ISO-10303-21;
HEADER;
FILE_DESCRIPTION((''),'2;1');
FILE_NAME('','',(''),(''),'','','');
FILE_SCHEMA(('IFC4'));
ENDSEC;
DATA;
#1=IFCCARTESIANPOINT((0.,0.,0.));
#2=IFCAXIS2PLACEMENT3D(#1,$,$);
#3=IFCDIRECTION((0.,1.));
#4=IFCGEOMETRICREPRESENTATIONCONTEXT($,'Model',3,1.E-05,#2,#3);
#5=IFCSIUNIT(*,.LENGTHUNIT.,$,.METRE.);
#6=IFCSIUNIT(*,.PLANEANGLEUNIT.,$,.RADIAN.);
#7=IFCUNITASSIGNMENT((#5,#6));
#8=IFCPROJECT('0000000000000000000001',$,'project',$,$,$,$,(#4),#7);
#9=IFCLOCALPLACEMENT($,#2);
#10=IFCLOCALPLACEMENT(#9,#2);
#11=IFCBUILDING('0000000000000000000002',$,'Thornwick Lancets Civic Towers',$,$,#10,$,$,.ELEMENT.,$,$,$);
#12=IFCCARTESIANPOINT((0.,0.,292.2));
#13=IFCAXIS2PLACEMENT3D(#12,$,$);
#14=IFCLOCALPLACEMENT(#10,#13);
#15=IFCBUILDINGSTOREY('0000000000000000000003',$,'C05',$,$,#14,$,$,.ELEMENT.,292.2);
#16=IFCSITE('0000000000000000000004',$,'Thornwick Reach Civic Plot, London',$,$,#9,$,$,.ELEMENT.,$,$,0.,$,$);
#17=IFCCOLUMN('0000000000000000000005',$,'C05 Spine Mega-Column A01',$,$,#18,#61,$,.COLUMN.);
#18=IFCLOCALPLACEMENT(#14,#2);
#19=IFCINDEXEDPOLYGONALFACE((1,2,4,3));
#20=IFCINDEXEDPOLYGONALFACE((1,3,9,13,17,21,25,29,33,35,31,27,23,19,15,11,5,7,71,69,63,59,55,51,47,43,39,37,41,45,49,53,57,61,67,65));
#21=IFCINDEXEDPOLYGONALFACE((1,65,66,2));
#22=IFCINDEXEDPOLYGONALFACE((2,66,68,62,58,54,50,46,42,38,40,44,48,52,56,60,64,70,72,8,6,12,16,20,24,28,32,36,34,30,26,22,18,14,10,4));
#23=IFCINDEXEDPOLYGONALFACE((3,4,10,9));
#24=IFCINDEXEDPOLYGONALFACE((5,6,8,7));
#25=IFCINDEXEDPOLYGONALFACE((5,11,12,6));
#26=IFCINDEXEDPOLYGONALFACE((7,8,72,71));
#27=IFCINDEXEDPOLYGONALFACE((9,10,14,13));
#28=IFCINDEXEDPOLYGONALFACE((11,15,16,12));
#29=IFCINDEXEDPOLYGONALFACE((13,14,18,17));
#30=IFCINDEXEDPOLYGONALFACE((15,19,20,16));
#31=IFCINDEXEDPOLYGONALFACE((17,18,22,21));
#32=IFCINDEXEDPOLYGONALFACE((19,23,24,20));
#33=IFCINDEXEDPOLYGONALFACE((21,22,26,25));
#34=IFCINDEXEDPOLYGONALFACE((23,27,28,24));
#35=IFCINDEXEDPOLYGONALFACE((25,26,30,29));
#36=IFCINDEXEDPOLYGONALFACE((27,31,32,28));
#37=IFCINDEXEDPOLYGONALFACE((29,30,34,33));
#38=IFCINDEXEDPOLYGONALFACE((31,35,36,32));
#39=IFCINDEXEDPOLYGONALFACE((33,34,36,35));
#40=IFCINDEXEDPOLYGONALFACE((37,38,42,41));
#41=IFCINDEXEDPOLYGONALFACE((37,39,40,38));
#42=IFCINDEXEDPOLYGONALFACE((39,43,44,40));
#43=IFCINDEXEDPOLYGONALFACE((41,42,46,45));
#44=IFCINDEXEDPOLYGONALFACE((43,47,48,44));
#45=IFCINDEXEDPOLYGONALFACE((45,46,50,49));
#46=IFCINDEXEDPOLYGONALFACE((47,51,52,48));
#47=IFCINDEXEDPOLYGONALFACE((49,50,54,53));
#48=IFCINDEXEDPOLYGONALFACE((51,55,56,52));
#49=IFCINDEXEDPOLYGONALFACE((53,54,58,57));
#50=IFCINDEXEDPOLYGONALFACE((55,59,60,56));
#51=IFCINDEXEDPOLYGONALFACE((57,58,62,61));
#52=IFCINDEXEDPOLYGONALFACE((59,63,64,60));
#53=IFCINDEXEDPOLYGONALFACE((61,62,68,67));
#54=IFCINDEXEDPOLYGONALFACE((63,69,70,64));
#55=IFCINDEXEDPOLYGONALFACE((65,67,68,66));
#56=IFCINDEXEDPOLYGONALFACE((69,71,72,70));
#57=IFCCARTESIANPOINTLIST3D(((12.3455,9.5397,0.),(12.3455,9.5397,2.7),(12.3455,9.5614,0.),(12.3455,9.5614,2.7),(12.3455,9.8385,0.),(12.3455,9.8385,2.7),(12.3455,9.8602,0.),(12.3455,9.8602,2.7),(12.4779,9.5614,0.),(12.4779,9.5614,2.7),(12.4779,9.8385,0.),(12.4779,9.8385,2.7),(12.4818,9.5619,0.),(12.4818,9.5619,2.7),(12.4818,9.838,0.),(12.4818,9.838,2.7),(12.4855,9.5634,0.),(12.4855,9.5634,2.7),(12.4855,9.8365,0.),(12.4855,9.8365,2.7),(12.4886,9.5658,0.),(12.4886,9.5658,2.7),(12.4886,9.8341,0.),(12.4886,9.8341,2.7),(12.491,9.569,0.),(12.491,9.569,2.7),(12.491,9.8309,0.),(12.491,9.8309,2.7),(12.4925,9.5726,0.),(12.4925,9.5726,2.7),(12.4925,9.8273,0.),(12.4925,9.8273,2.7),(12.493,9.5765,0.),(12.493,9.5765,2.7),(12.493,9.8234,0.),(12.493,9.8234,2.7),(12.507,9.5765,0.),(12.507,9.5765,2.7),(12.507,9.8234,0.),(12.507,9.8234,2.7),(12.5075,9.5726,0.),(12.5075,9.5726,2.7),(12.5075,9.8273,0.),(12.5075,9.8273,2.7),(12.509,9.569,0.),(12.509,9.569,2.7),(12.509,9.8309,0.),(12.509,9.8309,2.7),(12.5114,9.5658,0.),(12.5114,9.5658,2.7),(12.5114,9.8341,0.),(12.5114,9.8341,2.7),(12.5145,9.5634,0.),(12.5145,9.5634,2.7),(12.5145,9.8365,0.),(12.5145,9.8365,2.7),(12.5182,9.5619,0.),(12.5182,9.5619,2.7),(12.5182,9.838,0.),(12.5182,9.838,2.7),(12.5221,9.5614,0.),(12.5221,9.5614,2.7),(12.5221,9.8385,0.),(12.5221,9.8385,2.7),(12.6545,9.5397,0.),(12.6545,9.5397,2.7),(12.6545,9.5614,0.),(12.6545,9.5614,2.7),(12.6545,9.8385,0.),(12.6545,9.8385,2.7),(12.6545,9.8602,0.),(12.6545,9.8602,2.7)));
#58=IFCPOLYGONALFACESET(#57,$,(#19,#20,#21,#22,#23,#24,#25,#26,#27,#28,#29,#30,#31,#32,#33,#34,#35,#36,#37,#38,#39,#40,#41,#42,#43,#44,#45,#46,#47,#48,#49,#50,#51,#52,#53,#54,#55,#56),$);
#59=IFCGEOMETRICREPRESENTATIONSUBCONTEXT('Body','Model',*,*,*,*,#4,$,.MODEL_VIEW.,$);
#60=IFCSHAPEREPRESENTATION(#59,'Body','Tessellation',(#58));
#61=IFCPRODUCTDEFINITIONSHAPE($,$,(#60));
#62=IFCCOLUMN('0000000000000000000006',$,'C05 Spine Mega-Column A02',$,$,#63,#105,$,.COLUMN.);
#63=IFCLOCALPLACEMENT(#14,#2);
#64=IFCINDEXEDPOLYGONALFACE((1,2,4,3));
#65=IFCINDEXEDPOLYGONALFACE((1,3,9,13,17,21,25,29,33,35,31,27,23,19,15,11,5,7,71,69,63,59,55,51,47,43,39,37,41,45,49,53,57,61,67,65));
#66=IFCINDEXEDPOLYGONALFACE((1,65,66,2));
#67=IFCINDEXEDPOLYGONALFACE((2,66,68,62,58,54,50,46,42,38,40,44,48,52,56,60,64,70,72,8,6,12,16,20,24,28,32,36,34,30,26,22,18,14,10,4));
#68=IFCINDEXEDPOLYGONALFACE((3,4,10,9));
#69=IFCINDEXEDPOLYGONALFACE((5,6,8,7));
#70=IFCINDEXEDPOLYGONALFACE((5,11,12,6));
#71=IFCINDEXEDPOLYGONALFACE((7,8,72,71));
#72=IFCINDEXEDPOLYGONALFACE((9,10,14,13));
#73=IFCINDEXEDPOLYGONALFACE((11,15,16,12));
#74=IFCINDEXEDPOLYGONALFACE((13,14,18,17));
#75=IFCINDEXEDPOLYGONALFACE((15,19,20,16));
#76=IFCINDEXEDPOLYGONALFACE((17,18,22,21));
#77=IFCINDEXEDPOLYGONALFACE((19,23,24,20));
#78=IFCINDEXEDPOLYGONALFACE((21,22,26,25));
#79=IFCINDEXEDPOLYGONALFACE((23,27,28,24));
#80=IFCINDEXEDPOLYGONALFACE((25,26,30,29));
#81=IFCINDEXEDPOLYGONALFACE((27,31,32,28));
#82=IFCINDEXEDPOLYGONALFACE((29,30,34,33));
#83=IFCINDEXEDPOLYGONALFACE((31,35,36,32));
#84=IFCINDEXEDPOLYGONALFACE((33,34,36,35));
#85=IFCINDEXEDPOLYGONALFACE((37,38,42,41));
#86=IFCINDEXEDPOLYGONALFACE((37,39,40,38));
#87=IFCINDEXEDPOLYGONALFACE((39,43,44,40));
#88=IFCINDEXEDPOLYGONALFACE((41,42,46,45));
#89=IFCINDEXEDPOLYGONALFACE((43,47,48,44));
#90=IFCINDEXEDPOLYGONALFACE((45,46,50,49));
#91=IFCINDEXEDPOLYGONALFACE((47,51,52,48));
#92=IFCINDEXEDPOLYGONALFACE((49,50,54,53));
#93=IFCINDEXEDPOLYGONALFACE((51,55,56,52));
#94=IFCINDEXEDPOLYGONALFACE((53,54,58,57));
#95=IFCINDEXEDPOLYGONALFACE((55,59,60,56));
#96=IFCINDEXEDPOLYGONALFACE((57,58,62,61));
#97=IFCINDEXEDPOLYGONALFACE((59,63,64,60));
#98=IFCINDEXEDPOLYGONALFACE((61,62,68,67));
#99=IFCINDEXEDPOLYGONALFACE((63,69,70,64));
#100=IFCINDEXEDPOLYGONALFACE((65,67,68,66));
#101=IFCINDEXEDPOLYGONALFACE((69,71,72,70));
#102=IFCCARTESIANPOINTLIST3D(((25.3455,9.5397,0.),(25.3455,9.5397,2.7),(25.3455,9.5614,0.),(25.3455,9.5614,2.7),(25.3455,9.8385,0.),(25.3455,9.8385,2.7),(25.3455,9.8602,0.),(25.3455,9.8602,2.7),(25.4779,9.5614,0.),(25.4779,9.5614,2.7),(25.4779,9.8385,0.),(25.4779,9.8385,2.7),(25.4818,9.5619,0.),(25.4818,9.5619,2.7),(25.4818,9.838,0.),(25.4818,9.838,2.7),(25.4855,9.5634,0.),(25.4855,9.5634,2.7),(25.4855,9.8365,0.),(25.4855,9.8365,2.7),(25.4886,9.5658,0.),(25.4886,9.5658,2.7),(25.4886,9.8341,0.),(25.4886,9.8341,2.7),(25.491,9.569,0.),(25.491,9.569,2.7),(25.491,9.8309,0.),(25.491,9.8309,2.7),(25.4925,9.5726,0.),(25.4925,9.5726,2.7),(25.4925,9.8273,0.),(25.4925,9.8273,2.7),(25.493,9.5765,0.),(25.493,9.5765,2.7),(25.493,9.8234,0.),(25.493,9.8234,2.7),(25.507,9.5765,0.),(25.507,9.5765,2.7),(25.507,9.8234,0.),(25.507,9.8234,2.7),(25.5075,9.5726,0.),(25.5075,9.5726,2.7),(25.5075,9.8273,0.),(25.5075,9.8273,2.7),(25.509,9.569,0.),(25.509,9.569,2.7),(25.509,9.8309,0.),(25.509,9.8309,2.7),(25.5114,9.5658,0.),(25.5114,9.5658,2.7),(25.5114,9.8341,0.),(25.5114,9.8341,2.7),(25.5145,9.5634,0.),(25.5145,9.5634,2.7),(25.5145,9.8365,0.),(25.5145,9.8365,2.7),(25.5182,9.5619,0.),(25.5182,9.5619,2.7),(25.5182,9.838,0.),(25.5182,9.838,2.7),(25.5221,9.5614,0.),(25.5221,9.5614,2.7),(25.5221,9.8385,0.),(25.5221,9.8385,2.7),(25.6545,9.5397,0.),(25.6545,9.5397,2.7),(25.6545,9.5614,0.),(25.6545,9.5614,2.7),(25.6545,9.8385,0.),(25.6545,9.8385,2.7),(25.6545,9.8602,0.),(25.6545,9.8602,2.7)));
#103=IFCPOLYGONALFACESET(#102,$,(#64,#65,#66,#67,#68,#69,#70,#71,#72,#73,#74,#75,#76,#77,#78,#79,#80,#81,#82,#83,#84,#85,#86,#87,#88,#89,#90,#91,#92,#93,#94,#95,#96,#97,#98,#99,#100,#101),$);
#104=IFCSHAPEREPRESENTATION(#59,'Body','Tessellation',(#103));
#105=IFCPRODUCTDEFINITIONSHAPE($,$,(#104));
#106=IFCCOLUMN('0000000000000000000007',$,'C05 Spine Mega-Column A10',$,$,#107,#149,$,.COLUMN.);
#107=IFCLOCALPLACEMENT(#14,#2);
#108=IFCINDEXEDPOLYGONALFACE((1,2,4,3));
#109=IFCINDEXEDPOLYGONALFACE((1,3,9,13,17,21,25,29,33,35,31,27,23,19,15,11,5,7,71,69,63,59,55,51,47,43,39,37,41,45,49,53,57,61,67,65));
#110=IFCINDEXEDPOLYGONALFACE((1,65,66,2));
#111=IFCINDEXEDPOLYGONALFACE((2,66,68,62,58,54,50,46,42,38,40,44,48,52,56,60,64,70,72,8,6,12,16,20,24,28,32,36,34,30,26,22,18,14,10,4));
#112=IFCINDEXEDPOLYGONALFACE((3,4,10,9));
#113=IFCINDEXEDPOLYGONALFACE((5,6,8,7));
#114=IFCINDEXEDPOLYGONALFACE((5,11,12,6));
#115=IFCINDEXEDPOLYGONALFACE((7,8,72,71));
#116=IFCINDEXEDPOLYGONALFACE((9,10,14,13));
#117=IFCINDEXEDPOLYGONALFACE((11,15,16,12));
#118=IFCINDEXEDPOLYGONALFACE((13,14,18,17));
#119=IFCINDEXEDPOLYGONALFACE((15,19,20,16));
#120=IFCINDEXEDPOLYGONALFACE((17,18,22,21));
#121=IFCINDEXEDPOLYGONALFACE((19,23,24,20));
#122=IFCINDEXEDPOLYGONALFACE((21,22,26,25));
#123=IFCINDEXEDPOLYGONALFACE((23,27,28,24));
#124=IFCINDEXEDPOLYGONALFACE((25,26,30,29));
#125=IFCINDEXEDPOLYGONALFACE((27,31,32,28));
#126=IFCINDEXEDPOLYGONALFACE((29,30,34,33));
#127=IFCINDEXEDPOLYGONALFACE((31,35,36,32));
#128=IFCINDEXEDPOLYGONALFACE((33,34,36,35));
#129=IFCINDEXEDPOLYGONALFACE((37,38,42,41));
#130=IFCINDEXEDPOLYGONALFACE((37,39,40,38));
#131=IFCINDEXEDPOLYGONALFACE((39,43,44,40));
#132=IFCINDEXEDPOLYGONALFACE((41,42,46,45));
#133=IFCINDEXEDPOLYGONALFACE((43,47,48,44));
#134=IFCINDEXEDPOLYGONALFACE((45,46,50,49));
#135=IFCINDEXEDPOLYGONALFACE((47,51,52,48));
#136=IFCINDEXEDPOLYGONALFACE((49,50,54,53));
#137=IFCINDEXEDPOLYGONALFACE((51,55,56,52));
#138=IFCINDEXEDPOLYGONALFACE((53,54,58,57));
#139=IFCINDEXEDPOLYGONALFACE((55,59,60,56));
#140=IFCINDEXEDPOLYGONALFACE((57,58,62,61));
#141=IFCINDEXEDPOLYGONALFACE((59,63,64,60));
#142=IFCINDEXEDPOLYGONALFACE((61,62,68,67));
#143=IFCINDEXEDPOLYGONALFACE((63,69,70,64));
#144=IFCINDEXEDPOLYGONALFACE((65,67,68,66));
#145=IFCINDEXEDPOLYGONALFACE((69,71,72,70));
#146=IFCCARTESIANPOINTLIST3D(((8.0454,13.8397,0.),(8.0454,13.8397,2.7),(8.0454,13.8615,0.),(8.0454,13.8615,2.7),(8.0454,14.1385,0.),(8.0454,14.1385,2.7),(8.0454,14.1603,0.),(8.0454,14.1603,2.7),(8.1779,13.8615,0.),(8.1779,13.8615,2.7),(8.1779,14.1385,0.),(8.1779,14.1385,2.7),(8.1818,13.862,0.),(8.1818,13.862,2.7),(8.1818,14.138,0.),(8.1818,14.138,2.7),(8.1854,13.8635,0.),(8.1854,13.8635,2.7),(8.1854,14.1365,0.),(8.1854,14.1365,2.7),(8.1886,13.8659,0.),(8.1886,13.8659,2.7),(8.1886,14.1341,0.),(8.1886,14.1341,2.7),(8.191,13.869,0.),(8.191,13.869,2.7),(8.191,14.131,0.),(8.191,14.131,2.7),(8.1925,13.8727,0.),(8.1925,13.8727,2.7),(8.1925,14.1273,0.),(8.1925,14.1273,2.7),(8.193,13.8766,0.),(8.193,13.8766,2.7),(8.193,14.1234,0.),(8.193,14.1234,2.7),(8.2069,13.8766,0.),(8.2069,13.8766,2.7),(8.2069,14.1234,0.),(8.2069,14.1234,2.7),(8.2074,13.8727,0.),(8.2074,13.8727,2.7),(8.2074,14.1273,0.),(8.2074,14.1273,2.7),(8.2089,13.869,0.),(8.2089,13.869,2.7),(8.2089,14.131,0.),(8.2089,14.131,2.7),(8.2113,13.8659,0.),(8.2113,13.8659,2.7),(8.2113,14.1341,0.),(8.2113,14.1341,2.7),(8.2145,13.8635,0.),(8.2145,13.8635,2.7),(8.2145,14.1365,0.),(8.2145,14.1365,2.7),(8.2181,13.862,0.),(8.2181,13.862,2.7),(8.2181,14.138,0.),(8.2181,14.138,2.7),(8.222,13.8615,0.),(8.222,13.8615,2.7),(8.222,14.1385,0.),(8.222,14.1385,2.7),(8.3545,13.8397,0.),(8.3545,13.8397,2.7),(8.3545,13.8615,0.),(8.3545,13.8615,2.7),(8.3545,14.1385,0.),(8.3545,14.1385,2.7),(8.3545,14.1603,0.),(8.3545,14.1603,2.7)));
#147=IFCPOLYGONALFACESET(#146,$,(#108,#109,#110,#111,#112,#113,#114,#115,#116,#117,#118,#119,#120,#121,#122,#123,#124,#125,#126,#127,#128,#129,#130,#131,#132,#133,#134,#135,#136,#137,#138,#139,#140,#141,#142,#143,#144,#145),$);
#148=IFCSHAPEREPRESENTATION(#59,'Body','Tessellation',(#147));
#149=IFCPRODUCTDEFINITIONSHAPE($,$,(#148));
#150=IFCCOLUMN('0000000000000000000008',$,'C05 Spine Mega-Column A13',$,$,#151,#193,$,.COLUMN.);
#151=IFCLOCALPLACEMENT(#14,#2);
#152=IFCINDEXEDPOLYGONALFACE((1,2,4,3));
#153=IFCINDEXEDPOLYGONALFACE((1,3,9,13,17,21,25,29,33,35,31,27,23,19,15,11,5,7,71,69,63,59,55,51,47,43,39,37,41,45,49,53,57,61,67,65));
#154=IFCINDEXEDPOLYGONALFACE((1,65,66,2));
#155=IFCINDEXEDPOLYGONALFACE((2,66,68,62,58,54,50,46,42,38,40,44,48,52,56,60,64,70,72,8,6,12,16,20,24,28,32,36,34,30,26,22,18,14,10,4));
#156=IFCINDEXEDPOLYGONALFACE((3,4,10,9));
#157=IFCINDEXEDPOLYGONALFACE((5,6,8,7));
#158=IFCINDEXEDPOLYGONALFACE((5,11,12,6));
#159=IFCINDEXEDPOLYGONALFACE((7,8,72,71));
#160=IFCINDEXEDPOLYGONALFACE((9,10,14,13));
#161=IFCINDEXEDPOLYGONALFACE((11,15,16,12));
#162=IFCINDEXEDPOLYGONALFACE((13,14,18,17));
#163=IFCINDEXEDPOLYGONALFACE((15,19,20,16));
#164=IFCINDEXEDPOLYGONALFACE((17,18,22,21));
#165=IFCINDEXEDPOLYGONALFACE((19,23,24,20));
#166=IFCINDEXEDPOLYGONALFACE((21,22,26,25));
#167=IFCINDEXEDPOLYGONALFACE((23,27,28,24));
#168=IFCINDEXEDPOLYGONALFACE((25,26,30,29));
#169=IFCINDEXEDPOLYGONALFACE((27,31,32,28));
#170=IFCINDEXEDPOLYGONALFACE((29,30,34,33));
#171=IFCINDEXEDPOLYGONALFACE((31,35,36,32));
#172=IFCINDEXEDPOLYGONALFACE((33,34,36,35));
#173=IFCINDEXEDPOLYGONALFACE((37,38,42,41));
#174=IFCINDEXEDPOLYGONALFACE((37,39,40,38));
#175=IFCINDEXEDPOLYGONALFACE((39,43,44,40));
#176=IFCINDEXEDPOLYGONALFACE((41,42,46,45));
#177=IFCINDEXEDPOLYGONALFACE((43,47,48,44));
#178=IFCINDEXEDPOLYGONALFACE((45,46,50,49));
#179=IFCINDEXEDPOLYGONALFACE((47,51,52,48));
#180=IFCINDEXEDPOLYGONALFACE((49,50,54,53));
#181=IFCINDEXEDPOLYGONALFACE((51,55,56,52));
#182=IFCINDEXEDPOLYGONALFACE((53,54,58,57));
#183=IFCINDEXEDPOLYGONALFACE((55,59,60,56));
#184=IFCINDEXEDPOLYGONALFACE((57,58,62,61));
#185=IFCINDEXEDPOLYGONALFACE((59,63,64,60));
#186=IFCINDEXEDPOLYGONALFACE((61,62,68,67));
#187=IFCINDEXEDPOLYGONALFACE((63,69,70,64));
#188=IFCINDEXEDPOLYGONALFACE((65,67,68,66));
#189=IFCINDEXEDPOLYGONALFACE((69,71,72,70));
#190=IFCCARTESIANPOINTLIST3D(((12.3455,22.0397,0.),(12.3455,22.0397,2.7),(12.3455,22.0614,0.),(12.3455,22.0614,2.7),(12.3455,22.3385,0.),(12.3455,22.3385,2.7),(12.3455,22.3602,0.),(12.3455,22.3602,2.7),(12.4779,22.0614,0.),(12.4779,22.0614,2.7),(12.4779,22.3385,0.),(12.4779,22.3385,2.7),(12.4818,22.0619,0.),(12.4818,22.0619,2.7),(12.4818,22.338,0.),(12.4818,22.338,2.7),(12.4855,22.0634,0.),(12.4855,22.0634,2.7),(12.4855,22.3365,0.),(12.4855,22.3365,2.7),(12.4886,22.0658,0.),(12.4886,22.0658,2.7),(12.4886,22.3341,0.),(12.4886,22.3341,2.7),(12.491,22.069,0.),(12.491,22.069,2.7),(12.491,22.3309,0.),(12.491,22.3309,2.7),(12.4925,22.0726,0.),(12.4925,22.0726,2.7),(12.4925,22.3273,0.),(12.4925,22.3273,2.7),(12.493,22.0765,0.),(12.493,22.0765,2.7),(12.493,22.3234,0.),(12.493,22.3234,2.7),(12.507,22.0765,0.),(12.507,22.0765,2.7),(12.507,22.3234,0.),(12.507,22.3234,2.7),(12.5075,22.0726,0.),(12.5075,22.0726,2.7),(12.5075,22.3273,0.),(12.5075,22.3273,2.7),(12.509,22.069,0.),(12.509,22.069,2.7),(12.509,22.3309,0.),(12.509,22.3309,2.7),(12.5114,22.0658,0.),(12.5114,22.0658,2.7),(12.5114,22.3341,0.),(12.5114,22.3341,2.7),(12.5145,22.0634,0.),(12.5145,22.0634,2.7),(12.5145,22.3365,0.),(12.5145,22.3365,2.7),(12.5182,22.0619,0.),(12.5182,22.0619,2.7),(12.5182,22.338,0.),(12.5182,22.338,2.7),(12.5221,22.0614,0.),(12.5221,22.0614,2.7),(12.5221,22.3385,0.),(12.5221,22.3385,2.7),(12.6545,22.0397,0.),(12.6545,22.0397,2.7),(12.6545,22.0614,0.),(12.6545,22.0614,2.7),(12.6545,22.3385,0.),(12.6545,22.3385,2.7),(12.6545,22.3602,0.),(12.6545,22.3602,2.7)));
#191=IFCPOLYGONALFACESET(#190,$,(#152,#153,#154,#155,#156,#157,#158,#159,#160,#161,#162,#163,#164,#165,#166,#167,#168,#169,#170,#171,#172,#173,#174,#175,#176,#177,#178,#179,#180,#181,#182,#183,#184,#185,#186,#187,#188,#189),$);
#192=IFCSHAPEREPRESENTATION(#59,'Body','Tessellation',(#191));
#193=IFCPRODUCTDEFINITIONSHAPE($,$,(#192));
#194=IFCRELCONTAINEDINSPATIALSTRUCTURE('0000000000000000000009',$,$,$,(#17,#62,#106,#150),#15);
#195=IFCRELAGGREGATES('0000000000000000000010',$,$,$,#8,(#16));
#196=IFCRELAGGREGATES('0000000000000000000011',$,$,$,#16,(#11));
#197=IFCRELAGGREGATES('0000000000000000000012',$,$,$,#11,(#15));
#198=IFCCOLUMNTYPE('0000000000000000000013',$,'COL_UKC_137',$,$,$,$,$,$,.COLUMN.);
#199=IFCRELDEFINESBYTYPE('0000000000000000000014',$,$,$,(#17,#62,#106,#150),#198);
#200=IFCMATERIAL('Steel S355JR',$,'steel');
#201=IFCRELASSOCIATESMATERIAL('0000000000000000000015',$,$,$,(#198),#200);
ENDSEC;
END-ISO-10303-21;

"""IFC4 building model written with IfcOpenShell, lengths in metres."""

from ifc_helpers import new_model, si_unit, direction, frame, origin, origin_2d, place, context, subcontext, project, spatial, i_section, extrude, material, material_profile, profile_set, type_object, element, save


model = new_model("IFC4")

# Units and contexts
model_context = context("Model", 3, precision=1e-05, world=origin(), true_north=direction((0.0, 1.0)))
body_context = subcontext(model_context, "Body", "Model", "MODEL_VIEW")
ifc_project = project(units=[si_unit("LENGTHUNIT", "METRE"), si_unit("PLANEANGLEUNIT", "RADIAN")], contexts=[model_context])

# Site, building, storey
site_placement = place(None, origin())
site = spatial("IfcSite", under=ifc_project, at=site_placement, Name="Thornwick Reach Civic Plot, London", CompositionType="ELEMENT", RefElevation=0.0)
building_placement = place(site_placement, origin())
building = spatial("IfcBuilding", under=site, at=building_placement, Name="Thornwick Lancets Civic Towers", CompositionType="ELEMENT")
storey_placement = place(building_placement, frame((0.0, 0.0, 292.2)))
storey = spatial("IfcBuildingStorey", under=building, at=storey_placement, Name="C05", CompositionType="ELEMENT", Elevation=292.2)

# Columns
ifc_material_1 = material(Name="Steel S355JR", Category="steel")
ifc_material_profile_1 = material_profile(ifc_material_1, i_section(OverallWidth=0.3091, OverallDepth=0.3206, WebThickness=0.0139, FlangeThickness=0.0217, FilletRadius=0.0151, at=origin_2d()), Name="UKC 305x305x137")
ifc_profile_set_1 = profile_set([ifc_material_profile_1], Name="Steel S355JR")
column_type_1 = type_object("IfcColumnType", Name="COL_UKC_137", PredefinedType="COLUMN", material=ifc_profile_set_1)
for number, where, z_axis, x_axis, name in (
    (1, (12.5, 9.7, 0.0), (0.0, 0.0, 1.0), (1.0, 0.0, 0.0), "C05 Spine Mega-Column A01"),
    (2, (25.5, 9.7, 0.0), (0.0, 0.0, 1.0), (1.0, 0.0, 0.0), "C05 Spine Mega-Column A02"),
    (3, (8.2, 14.0, 0.0), (0.0, 0.0, 1.0), (1.0, 0.0, 0.0), "C05 Spine Mega-Column A10"),
    (4, (12.5, 22.2, 0.0), (0.0, 0.0, 1.0), (1.0, 0.0, 0.0), "C05 Spine Mega-Column A13"),
):
    element("IfcColumn", number, at=place(storey_placement, frame(where, z_axis=z_axis, x_axis=x_axis)), inside=storey, type_object=column_type_1, Name=name, PredefinedType="COLUMN", context=body_context, shape_type="SweptSolid", body=[
        extrude(i_section(OverallWidth=0.3091, OverallDepth=0.3206, WebThickness=0.0139, FlangeThickness=0.0217, FilletRadius=0.0151, at=origin_2d()), origin(), (0.0, 0.0, 1.0), 2.7),
    ])

save(model, "model.ifc")
